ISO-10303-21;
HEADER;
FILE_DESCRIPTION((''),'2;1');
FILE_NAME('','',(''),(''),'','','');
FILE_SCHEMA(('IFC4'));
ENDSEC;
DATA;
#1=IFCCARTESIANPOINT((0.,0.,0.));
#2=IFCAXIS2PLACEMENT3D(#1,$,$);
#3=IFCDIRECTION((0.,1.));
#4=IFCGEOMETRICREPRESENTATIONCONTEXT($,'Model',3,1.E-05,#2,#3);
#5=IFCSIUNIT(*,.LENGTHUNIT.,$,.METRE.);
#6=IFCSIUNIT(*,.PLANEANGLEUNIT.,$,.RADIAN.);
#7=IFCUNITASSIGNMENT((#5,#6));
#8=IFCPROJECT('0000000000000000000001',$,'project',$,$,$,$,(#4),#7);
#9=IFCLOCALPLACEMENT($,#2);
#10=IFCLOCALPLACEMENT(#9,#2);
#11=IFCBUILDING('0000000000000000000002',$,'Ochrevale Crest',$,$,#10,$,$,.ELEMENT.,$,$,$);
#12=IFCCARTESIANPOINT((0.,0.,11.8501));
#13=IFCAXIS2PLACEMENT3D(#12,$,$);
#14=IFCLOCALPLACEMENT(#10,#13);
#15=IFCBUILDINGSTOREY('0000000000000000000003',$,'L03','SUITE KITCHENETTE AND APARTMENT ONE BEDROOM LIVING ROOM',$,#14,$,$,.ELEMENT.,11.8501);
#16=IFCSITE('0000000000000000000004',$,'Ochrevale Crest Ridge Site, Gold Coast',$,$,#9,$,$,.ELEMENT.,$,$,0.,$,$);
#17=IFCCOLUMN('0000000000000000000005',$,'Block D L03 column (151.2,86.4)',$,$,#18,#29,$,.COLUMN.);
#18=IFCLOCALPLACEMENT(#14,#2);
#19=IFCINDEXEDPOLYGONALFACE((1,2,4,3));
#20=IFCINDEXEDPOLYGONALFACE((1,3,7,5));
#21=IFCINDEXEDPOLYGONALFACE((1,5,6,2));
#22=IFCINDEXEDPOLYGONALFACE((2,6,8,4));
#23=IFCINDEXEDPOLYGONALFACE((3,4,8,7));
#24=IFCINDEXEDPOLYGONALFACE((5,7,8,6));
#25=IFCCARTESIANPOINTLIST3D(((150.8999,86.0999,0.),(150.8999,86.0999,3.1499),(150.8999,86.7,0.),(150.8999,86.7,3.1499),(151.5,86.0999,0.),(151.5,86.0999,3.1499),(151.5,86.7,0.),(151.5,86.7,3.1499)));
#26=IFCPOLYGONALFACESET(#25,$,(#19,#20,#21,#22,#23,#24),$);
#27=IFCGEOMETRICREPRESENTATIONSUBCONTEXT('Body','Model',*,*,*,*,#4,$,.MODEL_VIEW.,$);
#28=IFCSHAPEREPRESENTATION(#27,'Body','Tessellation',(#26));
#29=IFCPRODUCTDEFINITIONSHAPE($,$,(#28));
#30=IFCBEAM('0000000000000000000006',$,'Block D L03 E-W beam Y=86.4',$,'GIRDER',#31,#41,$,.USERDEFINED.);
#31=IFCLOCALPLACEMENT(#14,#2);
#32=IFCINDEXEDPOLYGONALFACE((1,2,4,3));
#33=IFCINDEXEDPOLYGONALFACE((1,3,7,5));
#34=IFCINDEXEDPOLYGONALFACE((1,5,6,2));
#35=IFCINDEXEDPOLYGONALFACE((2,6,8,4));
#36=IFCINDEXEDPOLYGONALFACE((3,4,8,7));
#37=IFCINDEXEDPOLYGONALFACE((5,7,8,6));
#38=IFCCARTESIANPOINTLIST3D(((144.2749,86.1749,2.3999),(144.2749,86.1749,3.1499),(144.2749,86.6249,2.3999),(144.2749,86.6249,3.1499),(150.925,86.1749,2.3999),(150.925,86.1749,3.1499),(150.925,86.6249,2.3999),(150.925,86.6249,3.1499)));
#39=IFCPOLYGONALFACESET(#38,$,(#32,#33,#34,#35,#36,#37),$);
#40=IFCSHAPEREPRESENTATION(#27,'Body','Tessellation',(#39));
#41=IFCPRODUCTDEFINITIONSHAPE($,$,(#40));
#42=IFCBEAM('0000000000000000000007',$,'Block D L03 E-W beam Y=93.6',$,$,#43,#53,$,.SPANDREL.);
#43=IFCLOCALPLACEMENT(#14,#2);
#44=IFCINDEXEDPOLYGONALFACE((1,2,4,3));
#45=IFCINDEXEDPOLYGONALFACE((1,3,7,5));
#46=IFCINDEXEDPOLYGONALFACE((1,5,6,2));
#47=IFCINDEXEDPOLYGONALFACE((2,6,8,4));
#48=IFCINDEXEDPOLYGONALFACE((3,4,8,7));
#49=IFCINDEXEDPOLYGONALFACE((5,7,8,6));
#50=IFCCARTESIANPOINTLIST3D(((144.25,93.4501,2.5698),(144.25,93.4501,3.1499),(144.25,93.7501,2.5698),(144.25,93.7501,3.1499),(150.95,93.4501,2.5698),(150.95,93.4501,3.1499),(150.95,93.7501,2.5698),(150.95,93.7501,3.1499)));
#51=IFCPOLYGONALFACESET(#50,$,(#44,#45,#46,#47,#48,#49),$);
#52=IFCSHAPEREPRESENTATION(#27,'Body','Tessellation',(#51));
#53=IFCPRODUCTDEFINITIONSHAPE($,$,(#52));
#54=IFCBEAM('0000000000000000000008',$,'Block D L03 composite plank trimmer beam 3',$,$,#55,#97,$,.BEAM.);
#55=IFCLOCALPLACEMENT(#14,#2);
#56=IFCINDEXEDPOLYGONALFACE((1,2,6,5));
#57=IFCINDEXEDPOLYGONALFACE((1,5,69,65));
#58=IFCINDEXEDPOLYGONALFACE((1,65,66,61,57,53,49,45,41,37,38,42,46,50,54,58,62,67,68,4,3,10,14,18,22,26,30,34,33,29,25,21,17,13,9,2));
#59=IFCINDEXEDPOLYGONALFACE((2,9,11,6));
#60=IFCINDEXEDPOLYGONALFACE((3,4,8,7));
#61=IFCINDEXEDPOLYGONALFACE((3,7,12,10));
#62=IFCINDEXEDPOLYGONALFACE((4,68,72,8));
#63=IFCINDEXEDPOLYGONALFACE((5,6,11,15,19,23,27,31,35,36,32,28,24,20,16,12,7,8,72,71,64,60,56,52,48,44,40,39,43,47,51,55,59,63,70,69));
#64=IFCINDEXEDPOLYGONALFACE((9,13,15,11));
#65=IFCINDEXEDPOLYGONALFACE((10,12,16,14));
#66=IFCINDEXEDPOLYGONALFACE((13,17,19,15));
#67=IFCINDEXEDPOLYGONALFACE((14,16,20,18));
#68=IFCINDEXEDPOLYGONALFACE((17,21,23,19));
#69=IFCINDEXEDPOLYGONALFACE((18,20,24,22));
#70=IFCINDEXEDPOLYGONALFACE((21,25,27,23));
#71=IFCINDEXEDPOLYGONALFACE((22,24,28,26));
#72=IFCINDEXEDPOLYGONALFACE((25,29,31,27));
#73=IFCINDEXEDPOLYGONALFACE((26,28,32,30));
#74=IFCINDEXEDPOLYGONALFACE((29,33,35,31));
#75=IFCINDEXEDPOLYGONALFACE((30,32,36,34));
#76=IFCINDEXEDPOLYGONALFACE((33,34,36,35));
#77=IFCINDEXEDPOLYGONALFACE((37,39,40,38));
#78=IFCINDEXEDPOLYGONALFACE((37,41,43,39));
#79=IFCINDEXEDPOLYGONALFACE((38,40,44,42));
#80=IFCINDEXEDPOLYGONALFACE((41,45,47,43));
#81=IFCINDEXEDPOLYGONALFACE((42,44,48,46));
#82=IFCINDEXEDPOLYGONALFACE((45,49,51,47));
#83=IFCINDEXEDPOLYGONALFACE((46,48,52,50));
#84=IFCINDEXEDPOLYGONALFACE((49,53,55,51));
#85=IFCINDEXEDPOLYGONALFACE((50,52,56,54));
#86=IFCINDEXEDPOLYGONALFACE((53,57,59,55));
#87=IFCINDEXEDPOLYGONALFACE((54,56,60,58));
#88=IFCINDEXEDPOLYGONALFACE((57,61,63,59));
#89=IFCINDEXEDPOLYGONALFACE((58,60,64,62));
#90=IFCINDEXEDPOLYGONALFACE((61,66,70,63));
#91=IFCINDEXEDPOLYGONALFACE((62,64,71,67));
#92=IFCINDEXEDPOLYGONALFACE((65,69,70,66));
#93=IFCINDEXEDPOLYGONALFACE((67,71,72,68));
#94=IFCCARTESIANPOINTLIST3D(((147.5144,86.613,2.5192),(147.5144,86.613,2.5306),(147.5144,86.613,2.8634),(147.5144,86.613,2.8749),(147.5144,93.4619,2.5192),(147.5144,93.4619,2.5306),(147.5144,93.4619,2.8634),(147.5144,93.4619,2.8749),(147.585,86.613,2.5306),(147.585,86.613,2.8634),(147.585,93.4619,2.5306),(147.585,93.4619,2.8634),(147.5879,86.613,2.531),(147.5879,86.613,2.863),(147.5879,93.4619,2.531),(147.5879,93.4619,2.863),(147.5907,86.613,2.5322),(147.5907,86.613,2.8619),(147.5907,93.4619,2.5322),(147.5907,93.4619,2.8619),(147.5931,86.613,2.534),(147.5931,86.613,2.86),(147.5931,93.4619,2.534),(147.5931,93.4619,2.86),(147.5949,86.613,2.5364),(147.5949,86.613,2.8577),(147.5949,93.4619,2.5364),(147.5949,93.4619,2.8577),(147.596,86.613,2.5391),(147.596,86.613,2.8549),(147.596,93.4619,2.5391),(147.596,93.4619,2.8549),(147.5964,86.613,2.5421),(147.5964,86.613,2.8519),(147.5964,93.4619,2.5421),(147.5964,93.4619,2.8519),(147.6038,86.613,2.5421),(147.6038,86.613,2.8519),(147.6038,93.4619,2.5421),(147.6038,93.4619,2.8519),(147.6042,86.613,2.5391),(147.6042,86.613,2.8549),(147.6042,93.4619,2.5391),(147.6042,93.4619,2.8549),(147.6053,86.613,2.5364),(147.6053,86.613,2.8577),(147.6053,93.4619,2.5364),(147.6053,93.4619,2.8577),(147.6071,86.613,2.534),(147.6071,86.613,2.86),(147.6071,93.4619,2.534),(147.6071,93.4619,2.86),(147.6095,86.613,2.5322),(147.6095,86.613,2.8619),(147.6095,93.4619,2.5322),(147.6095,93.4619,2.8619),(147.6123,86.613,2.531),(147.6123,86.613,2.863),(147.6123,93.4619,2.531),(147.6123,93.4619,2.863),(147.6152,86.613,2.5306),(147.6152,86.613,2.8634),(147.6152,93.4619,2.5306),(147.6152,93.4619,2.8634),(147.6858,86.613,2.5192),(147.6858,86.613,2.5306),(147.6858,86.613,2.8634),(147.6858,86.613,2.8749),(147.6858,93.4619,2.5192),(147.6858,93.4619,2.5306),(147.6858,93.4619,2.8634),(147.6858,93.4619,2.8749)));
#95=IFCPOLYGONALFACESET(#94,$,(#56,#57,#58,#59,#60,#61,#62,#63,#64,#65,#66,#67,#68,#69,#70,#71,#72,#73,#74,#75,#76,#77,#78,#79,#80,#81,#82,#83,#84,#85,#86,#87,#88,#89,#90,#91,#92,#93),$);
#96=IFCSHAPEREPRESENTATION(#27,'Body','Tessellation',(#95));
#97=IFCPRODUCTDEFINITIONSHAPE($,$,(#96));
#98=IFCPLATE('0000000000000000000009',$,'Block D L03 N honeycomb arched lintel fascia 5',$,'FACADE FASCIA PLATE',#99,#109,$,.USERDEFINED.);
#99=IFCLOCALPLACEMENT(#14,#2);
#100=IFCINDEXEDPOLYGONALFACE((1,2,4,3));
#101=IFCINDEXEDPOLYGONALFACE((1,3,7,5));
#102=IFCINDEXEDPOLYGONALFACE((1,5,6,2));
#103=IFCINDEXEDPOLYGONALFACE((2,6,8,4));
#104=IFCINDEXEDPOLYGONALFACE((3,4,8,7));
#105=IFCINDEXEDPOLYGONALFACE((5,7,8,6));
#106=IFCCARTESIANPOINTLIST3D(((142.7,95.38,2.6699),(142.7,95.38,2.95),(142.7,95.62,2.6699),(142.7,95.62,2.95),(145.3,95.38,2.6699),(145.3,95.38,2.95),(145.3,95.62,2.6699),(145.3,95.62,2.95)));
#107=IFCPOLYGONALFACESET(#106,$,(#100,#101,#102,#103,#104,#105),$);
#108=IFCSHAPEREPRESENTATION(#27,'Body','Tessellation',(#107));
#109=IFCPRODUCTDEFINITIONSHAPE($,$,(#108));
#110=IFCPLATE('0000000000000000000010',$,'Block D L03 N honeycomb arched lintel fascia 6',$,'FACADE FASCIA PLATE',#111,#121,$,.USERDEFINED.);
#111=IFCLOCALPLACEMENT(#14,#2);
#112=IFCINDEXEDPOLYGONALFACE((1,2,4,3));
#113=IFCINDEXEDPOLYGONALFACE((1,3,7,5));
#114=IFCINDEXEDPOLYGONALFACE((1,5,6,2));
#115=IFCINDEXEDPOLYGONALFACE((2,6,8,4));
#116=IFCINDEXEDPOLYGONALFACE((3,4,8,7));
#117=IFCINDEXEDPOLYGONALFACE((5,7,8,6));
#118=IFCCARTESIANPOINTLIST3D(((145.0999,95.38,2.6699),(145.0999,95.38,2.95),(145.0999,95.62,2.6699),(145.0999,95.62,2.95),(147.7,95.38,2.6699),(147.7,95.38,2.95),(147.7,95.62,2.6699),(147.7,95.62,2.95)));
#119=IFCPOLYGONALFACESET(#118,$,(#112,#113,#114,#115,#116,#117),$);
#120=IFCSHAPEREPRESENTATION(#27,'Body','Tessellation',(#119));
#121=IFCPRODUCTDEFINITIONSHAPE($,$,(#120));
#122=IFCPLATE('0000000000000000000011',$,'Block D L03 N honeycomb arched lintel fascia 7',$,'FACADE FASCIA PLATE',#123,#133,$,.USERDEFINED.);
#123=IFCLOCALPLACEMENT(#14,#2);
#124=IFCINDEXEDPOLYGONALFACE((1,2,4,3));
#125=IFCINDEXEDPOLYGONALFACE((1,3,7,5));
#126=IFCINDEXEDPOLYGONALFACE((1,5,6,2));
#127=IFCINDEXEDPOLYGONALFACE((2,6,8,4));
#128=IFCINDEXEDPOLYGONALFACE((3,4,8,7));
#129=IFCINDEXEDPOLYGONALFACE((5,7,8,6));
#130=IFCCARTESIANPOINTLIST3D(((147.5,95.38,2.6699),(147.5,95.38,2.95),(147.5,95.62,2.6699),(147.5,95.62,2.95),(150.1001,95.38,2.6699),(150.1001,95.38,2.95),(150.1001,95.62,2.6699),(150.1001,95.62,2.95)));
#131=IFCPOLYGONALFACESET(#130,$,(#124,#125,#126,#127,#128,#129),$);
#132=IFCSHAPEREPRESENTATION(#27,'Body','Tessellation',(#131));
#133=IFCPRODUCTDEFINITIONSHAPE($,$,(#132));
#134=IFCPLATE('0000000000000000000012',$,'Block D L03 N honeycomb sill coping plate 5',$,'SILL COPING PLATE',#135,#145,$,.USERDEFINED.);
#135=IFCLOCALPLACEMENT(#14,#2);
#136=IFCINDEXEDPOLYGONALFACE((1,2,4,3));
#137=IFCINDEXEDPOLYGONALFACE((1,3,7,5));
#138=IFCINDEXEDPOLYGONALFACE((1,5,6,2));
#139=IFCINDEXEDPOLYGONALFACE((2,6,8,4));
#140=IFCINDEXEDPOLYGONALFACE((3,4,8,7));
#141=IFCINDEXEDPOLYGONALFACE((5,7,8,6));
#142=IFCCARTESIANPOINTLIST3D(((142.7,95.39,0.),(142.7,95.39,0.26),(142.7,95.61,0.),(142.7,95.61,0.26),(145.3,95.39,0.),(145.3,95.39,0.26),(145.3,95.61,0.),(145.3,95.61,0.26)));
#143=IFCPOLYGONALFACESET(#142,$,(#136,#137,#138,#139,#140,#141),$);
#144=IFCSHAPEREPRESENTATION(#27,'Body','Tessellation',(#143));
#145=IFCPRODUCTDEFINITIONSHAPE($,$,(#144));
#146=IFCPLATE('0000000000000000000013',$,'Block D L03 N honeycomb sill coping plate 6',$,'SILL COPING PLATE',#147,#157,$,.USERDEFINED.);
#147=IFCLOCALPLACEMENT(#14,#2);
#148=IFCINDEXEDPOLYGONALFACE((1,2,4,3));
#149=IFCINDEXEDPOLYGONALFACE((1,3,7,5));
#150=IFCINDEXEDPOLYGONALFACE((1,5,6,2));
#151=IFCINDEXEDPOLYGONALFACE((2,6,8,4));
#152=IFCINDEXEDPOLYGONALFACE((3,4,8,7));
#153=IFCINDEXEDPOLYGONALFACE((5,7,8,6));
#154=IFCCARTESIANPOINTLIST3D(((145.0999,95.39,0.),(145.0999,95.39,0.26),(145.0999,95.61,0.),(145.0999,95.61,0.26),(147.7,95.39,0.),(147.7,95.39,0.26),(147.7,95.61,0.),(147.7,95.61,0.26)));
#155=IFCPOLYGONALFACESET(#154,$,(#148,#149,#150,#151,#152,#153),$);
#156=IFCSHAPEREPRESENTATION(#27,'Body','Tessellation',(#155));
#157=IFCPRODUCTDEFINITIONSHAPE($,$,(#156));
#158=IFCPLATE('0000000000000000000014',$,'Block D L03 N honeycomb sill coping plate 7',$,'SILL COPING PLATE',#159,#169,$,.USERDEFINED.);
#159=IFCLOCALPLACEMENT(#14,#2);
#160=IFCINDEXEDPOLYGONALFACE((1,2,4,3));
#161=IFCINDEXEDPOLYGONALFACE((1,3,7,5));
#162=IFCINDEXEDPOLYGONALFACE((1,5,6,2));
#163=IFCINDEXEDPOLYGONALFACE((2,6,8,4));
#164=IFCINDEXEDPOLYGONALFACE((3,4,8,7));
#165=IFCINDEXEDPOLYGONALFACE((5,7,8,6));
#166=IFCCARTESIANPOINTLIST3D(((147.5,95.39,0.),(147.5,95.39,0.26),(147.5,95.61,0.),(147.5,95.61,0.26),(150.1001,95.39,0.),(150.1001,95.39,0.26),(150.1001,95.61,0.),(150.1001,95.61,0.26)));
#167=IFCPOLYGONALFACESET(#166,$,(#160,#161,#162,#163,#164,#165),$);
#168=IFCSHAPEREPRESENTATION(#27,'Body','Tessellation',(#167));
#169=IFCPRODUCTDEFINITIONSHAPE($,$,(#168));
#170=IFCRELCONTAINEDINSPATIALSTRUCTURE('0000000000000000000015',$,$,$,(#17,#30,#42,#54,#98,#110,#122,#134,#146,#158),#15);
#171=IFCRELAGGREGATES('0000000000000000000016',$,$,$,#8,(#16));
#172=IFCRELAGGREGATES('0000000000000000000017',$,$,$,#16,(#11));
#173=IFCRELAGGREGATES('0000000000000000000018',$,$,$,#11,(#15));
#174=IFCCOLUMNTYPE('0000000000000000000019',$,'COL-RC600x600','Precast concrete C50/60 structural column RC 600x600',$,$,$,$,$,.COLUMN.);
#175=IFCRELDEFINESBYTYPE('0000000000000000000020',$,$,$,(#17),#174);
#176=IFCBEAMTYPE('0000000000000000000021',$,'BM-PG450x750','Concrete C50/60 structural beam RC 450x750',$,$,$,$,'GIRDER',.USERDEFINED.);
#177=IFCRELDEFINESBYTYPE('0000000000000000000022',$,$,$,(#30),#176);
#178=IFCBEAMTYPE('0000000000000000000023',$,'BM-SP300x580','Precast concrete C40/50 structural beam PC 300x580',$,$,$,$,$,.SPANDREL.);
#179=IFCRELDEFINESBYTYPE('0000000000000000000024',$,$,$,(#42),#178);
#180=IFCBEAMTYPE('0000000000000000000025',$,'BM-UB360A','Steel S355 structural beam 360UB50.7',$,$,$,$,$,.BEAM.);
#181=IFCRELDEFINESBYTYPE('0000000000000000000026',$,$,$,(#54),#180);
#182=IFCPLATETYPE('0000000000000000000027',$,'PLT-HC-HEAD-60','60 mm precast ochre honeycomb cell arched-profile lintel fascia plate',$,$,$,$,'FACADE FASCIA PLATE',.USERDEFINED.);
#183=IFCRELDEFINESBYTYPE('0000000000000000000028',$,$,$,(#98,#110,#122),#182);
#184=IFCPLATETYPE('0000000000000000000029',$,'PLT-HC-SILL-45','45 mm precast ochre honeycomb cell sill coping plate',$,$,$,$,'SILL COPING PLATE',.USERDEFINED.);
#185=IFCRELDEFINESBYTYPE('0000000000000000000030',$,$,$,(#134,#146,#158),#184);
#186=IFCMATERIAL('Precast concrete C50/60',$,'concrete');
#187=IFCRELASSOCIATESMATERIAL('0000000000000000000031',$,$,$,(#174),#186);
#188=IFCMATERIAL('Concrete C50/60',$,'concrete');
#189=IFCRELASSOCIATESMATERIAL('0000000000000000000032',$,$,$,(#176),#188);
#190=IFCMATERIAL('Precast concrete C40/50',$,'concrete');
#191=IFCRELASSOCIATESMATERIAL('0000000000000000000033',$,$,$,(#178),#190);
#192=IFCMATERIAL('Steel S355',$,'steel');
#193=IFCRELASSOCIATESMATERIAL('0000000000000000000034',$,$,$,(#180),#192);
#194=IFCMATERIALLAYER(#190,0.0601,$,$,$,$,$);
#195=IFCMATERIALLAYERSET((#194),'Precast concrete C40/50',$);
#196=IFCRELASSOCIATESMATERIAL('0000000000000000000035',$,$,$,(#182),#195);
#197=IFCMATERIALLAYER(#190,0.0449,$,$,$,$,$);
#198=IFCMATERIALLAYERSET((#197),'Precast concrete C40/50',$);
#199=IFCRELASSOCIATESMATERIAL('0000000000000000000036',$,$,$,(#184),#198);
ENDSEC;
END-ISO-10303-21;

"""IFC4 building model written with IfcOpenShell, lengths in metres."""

from ifc_helpers import new_model, si_unit, direction, frame, origin, origin_2d, place, context, subcontext, project, spatial, rectangle, i_section, extrude, material, layer, layer_set, material_profile, profile_set, type_object, element, save


model = new_model("IFC4")

# Units and contexts
model_context = context("Model", 3, precision=1e-05, world=origin(), true_north=direction((0.0, 1.0)))
body_context = subcontext(model_context, "Body", "Model", "MODEL_VIEW")
ifc_project = project(units=[si_unit("LENGTHUNIT", "METRE"), si_unit("PLANEANGLEUNIT", "RADIAN")], contexts=[model_context])

# Site, building, storey
site_placement = place(None, origin())
site = spatial("IfcSite", under=ifc_project, at=site_placement, Name="Ochrevale Crest Ridge Site, Gold Coast", CompositionType="ELEMENT", RefElevation=0.0)
building_placement = place(site_placement, origin())
building = spatial("IfcBuilding", under=site, at=building_placement, Name="Ochrevale Crest", CompositionType="ELEMENT")
storey_placement = place(building_placement, frame((0.0, 0.0, 11.8501)))
storey = spatial("IfcBuildingStorey", under=building, at=storey_placement, Name="L03", Description="SUITE KITCHENETTE AND APARTMENT ONE BEDROOM LIVING ROOM", CompositionType="ELEMENT", Elevation=11.8501)

# Column
ifc_material_1 = material(Name="Precast concrete C50/60", Category="concrete")
ifc_material_profile_1 = material_profile(ifc_material_1, rectangle(XDim=0.6001, YDim=0.6001, at=origin_2d()), Name="RC 600x600")
ifc_profile_set_1 = profile_set([ifc_material_profile_1], Name="Precast concrete C50/60")
column_type = type_object("IfcColumnType", Name="COL-RC600x600", Description="Precast concrete C50/60 structural column RC 600x600", PredefinedType="COLUMN", material=ifc_profile_set_1)
column_placement = place(storey_placement, frame((151.2, 86.3999, 0.0), z_axis=(0.0, 0.0, 1.0), x_axis=(1.0, 0.0, 0.0)))
element("IfcColumn", 1, at=column_placement, inside=storey, type_object=column_type, Name="Block D L03 column (151.2,86.4)", PredefinedType="COLUMN", context=body_context, shape_type="SweptSolid", body=[
    extrude(rectangle(XDim=0.6001, YDim=0.6001, at=origin_2d()), origin(), (0.0, 0.0, 1.0), 3.1499),
])

# Beams
ifc_material_2 = material(Name="Concrete C50/60", Category="concrete")
ifc_material_profile_2 = material_profile(ifc_material_2, rectangle(XDim=0.45, YDim=0.75, at=origin_2d()), Name="RC 450x750")
ifc_profile_set_2 = profile_set([ifc_material_profile_2], Name="Concrete C50/60")
beam_type_1 = type_object("IfcBeamType", Name="BM-PG450x750", Description="Concrete C50/60 structural beam RC 450x750", ElementType="GIRDER", PredefinedType="USERDEFINED", material=ifc_profile_set_2)
beam_1_placement = place(storey_placement, frame((144.2749, 86.3999, 2.7749), z_axis=(1.0, 0.0, 0.0), x_axis=(0.0, 1.0, 0.0)))
element("IfcBeam", 2, at=beam_1_placement, inside=storey, type_object=beam_type_1, Name="Block D L03 E-W beam Y=86.4", ObjectType="GIRDER", PredefinedType="USERDEFINED", context=body_context, shape_type="SweptSolid", body=[
    extrude(rectangle(XDim=0.45, YDim=0.75, at=origin_2d()), origin(), (0.0, 0.0, 1.0), 6.6501),
])
ifc_material_3 = material(Name="Precast concrete C40/50", Category="concrete")
ifc_material_profile_3 = material_profile(ifc_material_3, rectangle(XDim=0.3, YDim=0.5801, at=origin_2d()), Name="PC 300x580")
ifc_profile_set_3 = profile_set([ifc_material_profile_3], Name="Precast concrete C40/50")
beam_type_2 = type_object("IfcBeamType", Name="BM-SP300x580", Description="Precast concrete C40/50 structural beam PC 300x580", PredefinedType="SPANDREL", material=ifc_profile_set_3)
beam_2_placement = place(storey_placement, frame((144.25, 93.6001, 2.8599), z_axis=(1.0, 0.0, 0.0), x_axis=(0.0, 1.0, 0.0)))
element("IfcBeam", 3, at=beam_2_placement, inside=storey, type_object=beam_type_2, Name="Block D L03 E-W beam Y=93.6", PredefinedType="SPANDREL", context=body_context, shape_type="SweptSolid", body=[
    extrude(rectangle(XDim=0.3, YDim=0.5801, at=origin_2d()), origin(), (0.0, 0.0, 1.0), 6.7),
])
ifc_material_4 = material(Name="Steel S355", Category="steel")
ifc_material_profile_4 = material_profile(ifc_material_4, i_section(OverallWidth=0.1714, OverallDepth=0.3557, WebThickness=0.0073, FlangeThickness=0.0115, FilletRadius=0.0115, at=origin_2d()), Name="360UB50.7")
ifc_profile_set_4 = profile_set([ifc_material_profile_4], Name="Steel S355")
beam_type_3 = type_object("IfcBeamType", Name="BM-UB360A", Description="Steel S355 structural beam 360UB50.7", PredefinedType="BEAM", material=ifc_profile_set_4)
beam_3_placement = place(storey_placement, frame((147.6001, 86.613, 2.697), z_axis=(0.0, 1.0, 0.0), x_axis=(-1.0, 0.0, 0.0)))
element("IfcBeam", 4, at=beam_3_placement, inside=storey, type_object=beam_type_3, Name="Block D L03 composite plank trimmer beam 3", PredefinedType="BEAM", context=body_context, shape_type="SweptSolid", body=[
    extrude(i_section(OverallWidth=0.1714, OverallDepth=0.3557, WebThickness=0.0073, FlangeThickness=0.0115, FilletRadius=0.0115, at=origin_2d()), origin(), (0.0, 0.0, 1.0), 6.8489),
])

# Plates
ifc_layer_1 = layer(ifc_material_3, 0.0601)
ifc_layer_set_1 = layer_set([ifc_layer_1], Name="Precast concrete C40/50")
plate_type_1 = type_object("IfcPlateType", Name="PLT-HC-HEAD-60", Description="60 mm precast ochre honeycomb cell arched-profile lintel fascia plate", ElementType="FACADE FASCIA PLATE", PredefinedType="USERDEFINED", material=ifc_layer_set_1)
for number, where, z_axis, x_axis, name in (
    (5, (144.0, 95.5, 2.6699), (0.0, 0.0, 1.0), (1.0, 0.0, 0.0), "Block D L03 N honeycomb arched lintel fascia 5"),
    (6, (146.3999, 95.5, 2.6699), (0.0, 0.0, 1.0), (1.0, 0.0, 0.0), "Block D L03 N honeycomb arched lintel fascia 6"),
    (7, (148.8, 95.5, 2.6699), (0.0, 0.0, 1.0), (1.0, 0.0, 0.0), "Block D L03 N honeycomb arched lintel fascia 7"),
):
    element("IfcPlate", number, at=place(storey_placement, frame(where, z_axis=z_axis, x_axis=x_axis)), inside=storey, type_object=plate_type_1, Name=name, ObjectType="FACADE FASCIA PLATE", PredefinedType="USERDEFINED", context=body_context, shape_type="SweptSolid", body=[
        extrude(rectangle(XDim=2.6001, YDim=0.24, at=origin_2d()), origin(), (0.0, 0.0, 1.0), 0.28),
    ])
ifc_layer_2 = layer(ifc_material_3, 0.0449)
ifc_layer_set_2 = layer_set([ifc_layer_2], Name="Precast concrete C40/50")
plate_type_2 = type_object("IfcPlateType", Name="PLT-HC-SILL-45", Description="45 mm precast ochre honeycomb cell sill coping plate", ElementType="SILL COPING PLATE", PredefinedType="USERDEFINED", material=ifc_layer_set_2)
for number, where, z_axis, x_axis, name in (
    (8, (144.0, 95.5, 0.0), (0.0, 0.0, 1.0), (1.0, 0.0, 0.0), "Block D L03 N honeycomb sill coping plate 5"),
    (9, (146.3999, 95.5, 0.0), (0.0, 0.0, 1.0), (1.0, 0.0, 0.0), "Block D L03 N honeycomb sill coping plate 6"),
    (10, (148.8, 95.5, 0.0), (0.0, 0.0, 1.0), (1.0, 0.0, 0.0), "Block D L03 N honeycomb sill coping plate 7"),
):
    element("IfcPlate", number, at=place(storey_placement, frame(where, z_axis=z_axis, x_axis=x_axis)), inside=storey, type_object=plate_type_2, Name=name, ObjectType="SILL COPING PLATE", PredefinedType="USERDEFINED", context=body_context, shape_type="SweptSolid", body=[
        extrude(rectangle(XDim=2.6001, YDim=0.22, at=origin_2d()), origin(), (0.0, 0.0, 1.0), 0.26),
    ])

save(model, "model.ifc")
